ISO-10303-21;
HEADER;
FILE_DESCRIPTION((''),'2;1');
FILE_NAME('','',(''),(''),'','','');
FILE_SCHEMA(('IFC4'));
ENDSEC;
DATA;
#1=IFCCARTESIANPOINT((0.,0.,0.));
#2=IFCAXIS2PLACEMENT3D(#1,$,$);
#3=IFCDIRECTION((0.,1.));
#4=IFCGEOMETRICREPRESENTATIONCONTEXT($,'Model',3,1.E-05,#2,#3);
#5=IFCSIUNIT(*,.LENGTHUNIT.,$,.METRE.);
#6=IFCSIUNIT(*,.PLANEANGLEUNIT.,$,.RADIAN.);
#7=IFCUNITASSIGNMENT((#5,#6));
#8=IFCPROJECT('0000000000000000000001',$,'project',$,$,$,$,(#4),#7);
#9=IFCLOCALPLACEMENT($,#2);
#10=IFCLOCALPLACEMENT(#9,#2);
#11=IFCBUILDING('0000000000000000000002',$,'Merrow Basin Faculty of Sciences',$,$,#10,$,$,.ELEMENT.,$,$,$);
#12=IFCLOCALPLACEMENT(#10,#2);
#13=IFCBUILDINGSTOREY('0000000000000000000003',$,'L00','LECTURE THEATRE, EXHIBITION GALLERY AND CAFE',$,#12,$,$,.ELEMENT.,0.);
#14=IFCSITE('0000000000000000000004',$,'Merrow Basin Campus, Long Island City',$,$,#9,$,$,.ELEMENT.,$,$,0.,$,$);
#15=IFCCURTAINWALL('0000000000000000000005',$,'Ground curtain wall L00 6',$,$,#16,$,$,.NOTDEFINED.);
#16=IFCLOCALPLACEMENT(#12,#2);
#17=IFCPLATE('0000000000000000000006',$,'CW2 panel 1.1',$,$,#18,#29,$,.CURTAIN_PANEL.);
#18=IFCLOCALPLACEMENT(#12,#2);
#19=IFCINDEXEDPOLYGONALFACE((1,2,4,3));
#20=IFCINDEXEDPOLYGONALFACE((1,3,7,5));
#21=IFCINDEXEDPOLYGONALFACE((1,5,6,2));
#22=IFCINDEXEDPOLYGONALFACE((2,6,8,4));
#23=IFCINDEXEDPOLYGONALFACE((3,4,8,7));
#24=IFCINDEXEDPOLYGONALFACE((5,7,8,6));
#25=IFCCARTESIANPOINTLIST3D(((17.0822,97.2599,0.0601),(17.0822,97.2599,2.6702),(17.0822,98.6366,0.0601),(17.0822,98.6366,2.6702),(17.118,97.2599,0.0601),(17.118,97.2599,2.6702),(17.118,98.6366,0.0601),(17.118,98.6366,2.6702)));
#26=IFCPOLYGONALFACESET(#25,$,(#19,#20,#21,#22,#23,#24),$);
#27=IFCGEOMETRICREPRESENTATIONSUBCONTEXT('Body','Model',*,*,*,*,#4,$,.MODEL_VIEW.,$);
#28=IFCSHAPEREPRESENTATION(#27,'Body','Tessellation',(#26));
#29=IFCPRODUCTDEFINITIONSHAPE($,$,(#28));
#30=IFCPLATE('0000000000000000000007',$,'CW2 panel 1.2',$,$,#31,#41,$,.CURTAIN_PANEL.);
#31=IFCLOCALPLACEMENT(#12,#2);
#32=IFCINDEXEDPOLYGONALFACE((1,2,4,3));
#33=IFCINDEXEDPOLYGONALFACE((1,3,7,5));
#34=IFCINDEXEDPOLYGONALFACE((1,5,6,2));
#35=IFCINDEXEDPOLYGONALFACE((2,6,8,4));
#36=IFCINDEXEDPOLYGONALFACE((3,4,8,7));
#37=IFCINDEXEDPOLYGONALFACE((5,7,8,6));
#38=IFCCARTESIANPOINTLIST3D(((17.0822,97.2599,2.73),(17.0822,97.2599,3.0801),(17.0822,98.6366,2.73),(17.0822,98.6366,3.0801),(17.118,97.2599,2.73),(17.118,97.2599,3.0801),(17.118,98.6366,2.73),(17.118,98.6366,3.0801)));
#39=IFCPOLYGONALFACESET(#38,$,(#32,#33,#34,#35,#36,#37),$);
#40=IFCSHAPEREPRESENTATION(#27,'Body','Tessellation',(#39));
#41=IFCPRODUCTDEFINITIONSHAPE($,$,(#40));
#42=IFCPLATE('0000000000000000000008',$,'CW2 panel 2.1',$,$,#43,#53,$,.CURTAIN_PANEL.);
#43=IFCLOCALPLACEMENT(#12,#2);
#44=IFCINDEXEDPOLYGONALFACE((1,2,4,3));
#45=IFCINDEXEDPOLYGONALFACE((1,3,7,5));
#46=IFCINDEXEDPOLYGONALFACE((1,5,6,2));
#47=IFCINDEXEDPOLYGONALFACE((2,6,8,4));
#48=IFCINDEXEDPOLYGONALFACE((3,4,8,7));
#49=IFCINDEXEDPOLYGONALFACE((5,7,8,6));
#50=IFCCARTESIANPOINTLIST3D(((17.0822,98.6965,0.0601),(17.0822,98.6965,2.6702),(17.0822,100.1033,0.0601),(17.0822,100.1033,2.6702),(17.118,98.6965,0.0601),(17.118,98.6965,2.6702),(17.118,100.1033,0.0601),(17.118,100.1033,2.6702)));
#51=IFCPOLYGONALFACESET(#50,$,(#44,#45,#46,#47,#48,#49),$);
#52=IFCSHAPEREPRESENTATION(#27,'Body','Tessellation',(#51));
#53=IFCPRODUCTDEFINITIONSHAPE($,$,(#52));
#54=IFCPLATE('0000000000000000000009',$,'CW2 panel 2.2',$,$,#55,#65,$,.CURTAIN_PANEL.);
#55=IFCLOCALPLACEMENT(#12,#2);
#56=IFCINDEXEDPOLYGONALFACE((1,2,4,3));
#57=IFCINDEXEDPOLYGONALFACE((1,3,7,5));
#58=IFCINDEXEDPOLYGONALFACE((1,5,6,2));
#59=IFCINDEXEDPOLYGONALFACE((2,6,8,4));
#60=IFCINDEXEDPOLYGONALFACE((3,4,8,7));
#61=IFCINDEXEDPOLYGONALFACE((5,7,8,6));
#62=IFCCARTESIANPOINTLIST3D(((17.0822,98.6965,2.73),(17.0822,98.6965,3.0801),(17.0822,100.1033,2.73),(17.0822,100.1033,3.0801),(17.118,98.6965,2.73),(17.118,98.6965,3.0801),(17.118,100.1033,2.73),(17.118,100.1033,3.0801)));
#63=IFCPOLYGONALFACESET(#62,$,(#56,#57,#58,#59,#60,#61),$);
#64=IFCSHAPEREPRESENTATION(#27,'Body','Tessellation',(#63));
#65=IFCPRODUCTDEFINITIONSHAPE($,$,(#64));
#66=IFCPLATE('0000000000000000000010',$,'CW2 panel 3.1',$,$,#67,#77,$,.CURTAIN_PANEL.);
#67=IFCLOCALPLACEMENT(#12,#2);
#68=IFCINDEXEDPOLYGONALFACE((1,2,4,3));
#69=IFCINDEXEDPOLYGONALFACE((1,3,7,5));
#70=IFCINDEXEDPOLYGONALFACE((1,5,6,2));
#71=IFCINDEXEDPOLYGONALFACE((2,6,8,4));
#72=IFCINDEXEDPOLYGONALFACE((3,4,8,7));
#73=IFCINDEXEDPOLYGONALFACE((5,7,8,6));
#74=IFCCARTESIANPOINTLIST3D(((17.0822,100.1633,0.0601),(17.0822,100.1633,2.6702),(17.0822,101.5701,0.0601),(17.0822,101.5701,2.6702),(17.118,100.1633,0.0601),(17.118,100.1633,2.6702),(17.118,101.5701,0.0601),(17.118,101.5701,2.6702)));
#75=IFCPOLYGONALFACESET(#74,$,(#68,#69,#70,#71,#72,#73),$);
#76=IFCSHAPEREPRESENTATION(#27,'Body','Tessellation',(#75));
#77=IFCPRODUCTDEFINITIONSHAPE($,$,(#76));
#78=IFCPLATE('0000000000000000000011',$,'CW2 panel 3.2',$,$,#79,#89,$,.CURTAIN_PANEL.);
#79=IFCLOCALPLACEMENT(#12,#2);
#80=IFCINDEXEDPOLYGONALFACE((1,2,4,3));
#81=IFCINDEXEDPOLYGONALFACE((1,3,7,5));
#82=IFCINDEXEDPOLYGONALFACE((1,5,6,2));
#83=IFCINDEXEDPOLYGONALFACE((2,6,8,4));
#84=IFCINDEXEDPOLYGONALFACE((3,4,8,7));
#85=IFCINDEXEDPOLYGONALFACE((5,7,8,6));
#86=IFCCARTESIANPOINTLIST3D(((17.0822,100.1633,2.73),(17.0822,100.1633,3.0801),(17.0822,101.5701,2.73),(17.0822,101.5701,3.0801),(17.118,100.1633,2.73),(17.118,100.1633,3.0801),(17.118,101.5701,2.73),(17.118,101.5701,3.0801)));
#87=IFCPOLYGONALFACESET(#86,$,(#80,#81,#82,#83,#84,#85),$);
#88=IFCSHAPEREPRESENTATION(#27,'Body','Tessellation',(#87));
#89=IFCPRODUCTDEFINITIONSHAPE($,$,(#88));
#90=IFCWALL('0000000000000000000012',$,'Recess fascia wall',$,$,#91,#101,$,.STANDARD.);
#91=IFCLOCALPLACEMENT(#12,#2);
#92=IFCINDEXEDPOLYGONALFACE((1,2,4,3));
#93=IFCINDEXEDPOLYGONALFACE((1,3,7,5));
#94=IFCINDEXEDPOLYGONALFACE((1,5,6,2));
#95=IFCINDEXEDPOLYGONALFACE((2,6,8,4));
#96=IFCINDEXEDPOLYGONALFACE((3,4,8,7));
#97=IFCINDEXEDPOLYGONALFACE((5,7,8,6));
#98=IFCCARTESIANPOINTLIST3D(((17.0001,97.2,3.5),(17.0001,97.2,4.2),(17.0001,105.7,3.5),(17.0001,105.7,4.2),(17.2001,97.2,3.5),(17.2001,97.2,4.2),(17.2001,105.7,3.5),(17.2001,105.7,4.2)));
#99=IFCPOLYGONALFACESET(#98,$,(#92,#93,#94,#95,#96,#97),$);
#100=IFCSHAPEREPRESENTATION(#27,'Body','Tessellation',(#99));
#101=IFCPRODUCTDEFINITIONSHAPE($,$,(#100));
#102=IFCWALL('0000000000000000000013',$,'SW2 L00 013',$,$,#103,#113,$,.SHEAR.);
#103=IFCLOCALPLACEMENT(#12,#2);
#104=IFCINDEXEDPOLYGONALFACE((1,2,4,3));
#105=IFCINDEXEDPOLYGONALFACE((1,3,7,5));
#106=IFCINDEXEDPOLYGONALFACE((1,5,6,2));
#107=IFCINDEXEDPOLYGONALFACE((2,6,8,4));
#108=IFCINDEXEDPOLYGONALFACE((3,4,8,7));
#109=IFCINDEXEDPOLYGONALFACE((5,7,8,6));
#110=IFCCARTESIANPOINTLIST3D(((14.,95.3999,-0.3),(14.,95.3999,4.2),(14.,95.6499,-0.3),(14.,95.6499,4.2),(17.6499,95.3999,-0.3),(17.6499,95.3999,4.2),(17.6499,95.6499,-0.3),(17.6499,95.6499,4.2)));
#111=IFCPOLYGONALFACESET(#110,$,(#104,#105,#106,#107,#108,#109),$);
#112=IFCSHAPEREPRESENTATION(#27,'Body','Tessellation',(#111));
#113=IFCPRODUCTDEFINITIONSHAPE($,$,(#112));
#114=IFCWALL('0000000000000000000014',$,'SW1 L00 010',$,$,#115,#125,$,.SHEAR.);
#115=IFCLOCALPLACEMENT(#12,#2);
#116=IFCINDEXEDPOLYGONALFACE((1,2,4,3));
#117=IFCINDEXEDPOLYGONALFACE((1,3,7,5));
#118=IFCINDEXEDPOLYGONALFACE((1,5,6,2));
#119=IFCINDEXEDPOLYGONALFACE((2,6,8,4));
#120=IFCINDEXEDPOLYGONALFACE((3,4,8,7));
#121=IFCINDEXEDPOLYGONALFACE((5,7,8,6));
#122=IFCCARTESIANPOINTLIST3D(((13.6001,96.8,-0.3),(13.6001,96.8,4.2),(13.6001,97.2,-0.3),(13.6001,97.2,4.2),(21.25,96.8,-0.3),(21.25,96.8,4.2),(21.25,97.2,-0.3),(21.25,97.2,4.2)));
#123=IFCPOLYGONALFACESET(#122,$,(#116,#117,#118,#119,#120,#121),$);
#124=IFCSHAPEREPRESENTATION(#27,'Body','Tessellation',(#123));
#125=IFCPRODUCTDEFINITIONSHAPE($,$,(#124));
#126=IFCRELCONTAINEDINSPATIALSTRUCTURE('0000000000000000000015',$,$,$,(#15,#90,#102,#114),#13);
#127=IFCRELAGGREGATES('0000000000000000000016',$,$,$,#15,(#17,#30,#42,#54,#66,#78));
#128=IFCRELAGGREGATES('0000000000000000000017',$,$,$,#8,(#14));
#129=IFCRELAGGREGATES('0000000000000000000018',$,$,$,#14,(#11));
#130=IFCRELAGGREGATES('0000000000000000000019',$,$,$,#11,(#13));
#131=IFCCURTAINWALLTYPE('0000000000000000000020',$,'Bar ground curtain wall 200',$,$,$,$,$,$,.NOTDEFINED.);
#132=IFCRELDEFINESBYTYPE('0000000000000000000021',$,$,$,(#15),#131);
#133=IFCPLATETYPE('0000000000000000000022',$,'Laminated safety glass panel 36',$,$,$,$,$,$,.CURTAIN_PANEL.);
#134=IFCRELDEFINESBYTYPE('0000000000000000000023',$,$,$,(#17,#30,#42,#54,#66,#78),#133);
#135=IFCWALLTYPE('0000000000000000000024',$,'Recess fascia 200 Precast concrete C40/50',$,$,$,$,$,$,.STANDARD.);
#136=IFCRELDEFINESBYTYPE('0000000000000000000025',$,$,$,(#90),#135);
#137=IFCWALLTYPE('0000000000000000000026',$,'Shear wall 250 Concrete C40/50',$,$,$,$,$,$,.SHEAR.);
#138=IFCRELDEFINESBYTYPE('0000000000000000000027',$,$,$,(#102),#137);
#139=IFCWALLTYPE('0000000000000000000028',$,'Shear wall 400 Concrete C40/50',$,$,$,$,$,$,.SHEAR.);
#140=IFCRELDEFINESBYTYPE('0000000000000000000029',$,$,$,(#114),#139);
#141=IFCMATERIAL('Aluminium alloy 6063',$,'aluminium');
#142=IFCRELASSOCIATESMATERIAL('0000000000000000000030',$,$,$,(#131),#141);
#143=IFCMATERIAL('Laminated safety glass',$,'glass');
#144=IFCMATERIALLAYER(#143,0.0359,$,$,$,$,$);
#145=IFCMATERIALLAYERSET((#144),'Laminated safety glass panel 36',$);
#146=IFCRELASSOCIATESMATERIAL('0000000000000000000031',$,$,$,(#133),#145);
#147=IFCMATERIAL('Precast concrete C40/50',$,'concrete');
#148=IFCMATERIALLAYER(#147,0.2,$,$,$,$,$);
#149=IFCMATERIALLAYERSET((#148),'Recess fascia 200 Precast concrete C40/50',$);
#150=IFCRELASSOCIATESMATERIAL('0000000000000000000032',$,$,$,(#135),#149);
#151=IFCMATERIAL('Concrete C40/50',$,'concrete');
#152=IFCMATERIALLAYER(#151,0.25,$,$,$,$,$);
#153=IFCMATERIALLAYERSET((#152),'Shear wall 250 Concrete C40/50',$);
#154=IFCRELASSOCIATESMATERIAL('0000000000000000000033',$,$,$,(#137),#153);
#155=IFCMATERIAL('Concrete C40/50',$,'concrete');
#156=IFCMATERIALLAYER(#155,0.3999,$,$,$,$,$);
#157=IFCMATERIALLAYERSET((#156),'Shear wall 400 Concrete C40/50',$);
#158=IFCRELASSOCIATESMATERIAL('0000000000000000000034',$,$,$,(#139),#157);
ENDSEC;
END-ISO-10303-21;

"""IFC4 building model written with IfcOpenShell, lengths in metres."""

from ifc_helpers import new_model, si_unit, direction, frame, frame_2d, origin, origin_2d, place, context, subcontext, project, spatial, rectangle, extrude, material, layer, layer_set, type_object, element, aggregate, save


model = new_model("IFC4")

# Units and contexts
model_context = context("Model", 3, precision=1e-05, world=origin(), true_north=direction((0.0, 1.0)))
body_context = subcontext(model_context, "Body", "Model", "MODEL_VIEW")
ifc_project = project(units=[si_unit("LENGTHUNIT", "METRE"), si_unit("PLANEANGLEUNIT", "RADIAN")], contexts=[model_context])

# Site, building, storey
site_placement = place(None, origin())
site = spatial("IfcSite", under=ifc_project, at=site_placement, Name="Merrow Basin Campus, Long Island City", CompositionType="ELEMENT", RefElevation=0.0)
building_placement = place(site_placement, origin())
building = spatial("IfcBuilding", under=site, at=building_placement, Name="Merrow Basin Faculty of Sciences", CompositionType="ELEMENT")
storey_placement = place(building_placement, origin())
storey = spatial("IfcBuildingStorey", under=building, at=storey_placement, Name="L00", Description="LECTURE THEATRE, EXHIBITION GALLERY AND CAFE", CompositionType="ELEMENT", Elevation=0.0)

# Curtain wall
ifc_material_1 = material(Name="Aluminium alloy 6063", Category="aluminium")
curtain_wall_type = type_object("IfcCurtainWallType", Name="Bar ground curtain wall 200", PredefinedType="NOTDEFINED", material=ifc_material_1)
curtain_wall_placement = place(storey_placement, origin())
curtain_wall = element("IfcCurtainWall", 1, at=curtain_wall_placement, inside=storey, type_object=curtain_wall_type, Name="Ground curtain wall L00 6", PredefinedType="NOTDEFINED")

# Plates
ifc_material_2 = material(Name="Laminated safety glass", Category="glass")
ifc_layer_1 = layer(ifc_material_2, 0.0359)
ifc_layer_set_1 = layer_set([ifc_layer_1], Name="Laminated safety glass panel 36")
plate_type = type_object("IfcPlateType", Name="Laminated safety glass panel 36", PredefinedType="CURTAIN_PANEL", material=ifc_layer_set_1)
plate_1_placement = place(storey_placement, frame((17.1001, 97.9482, 0.0601), z_axis=(0.0, 0.0, 1.0), x_axis=(0.0, 1.0, 0.0)))
plate_1 = element("IfcPlate", 2, at=plate_1_placement, type_object=plate_type, Name="CW2 panel 1.1", PredefinedType="CURTAIN_PANEL", context=body_context, shape_type="SweptSolid", body=[
    extrude(rectangle(XDim=1.3767, YDim=0.0359, at=origin_2d()), origin(), (0.0, 0.0, 1.0), 2.6101),
])
plate_2_placement = place(storey_placement, frame((17.1001, 97.9482, 2.73), z_axis=(0.0, 0.0, 1.0), x_axis=(0.0, 1.0, 0.0)))
plate_2 = element("IfcPlate", 3, at=plate_2_placement, type_object=plate_type, Name="CW2 panel 1.2", PredefinedType="CURTAIN_PANEL", context=body_context, shape_type="SweptSolid", body=[
    extrude(rectangle(XDim=1.3767, YDim=0.0359, at=origin_2d()), origin(), (0.0, 0.0, 1.0), 0.3501),
])
plate_3_placement = place(storey_placement, frame((17.1001, 99.3999, 0.0601), z_axis=(0.0, 0.0, 1.0), x_axis=(0.0, 1.0, 0.0)))
plate_3 = element("IfcPlate", 4, at=plate_3_placement, type_object=plate_type, Name="CW2 panel 2.1", PredefinedType="CURTAIN_PANEL", context=body_context, shape_type="SweptSolid", body=[
    extrude(rectangle(XDim=1.4067, YDim=0.0359, at=origin_2d()), origin(), (0.0, 0.0, 1.0), 2.6101),
])
plate_4_placement = place(storey_placement, frame((17.1001, 99.3999, 2.73), z_axis=(0.0, 0.0, 1.0), x_axis=(0.0, 1.0, 0.0)))
plate_4 = element("IfcPlate", 5, at=plate_4_placement, type_object=plate_type, Name="CW2 panel 2.2", PredefinedType="CURTAIN_PANEL", context=body_context, shape_type="SweptSolid", body=[
    extrude(rectangle(XDim=1.4067, YDim=0.0359, at=origin_2d()), origin(), (0.0, 0.0, 1.0), 0.3501),
])
plate_5_placement = place(storey_placement, frame((17.1001, 100.8667, 0.0601), z_axis=(0.0, 0.0, 1.0), x_axis=(0.0, 1.0, 0.0)))
plate_5 = element("IfcPlate", 6, at=plate_5_placement, type_object=plate_type, Name="CW2 panel 3.1", PredefinedType="CURTAIN_PANEL", context=body_context, shape_type="SweptSolid", body=[
    extrude(rectangle(XDim=1.4067, YDim=0.0359, at=origin_2d()), origin(), (0.0, 0.0, 1.0), 2.6101),
])
plate_6_placement = place(storey_placement, frame((17.1001, 100.8667, 2.73), z_axis=(0.0, 0.0, 1.0), x_axis=(0.0, 1.0, 0.0)))
plate_6 = element("IfcPlate", 7, at=plate_6_placement, type_object=plate_type, Name="CW2 panel 3.2", PredefinedType="CURTAIN_PANEL", context=body_context, shape_type="SweptSolid", body=[
    extrude(rectangle(XDim=1.4067, YDim=0.0359, at=origin_2d()), origin(), (0.0, 0.0, 1.0), 0.3501),
])
aggregate(curtain_wall, [plate_1, plate_2, plate_3, plate_4, plate_5, plate_6])

# Walls
ifc_material_3 = material(Name="Precast concrete C40/50", Category="concrete")
ifc_layer_2 = layer(ifc_material_3, 0.2)
ifc_layer_set_2 = layer_set([ifc_layer_2], Name="Recess fascia 200 Precast concrete C40/50")
wall_type_1 = type_object("IfcWallType", Name="Recess fascia 200 Precast concrete C40/50", PredefinedType="STANDARD", material=ifc_layer_set_2)
wall_1_placement = place(storey_placement, frame((17.1001, 97.2, 3.5), z_axis=(0.0, 0.0, 1.0), x_axis=(0.0, 1.0, 0.0)))
element("IfcWall", 8, at=wall_1_placement, inside=storey, type_object=wall_type_1, Name="Recess fascia wall", PredefinedType="STANDARD", context=body_context, shape_type="SweptSolid", body=[
    extrude(rectangle(XDim=8.5, YDim=0.2, at=frame_2d((4.25, 0.0))), origin(), (0.0, 0.0, 1.0), 0.7),
])
ifc_material_4 = material(Name="Concrete C40/50", Category="concrete")
ifc_layer_3 = layer(ifc_material_4, 0.25)
ifc_layer_set_3 = layer_set([ifc_layer_3], Name="Shear wall 250 Concrete C40/50")
wall_type_2 = type_object("IfcWallType", Name="Shear wall 250 Concrete C40/50", PredefinedType="SHEAR", material=ifc_layer_set_3)
wall_2_placement = place(storey_placement, frame((14.0, 95.5249, -0.3), z_axis=(0.0, 0.0, 1.0), x_axis=(1.0, 0.0, 0.0)))
element("IfcWall", 9, at=wall_2_placement, inside=storey, type_object=wall_type_2, Name="SW2 L00 013", PredefinedType="SHEAR", context=body_context, shape_type="SweptSolid", body=[
    extrude(rectangle(XDim=3.6499, YDim=0.25, at=frame_2d((1.825, 0.0))), origin(), (0.0, 0.0, 1.0), 4.5),
])
ifc_material_5 = material(Name="Concrete C40/50", Category="concrete")
ifc_layer_4 = layer(ifc_material_5, 0.3999)
ifc_layer_set_4 = layer_set([ifc_layer_4], Name="Shear wall 400 Concrete C40/50")
wall_type_3 = type_object("IfcWallType", Name="Shear wall 400 Concrete C40/50", PredefinedType="SHEAR", material=ifc_layer_set_4)
wall_3_placement = place(storey_placement, frame((13.6001, 97.0, -0.3), z_axis=(0.0, 0.0, 1.0), x_axis=(1.0, 0.0, 0.0)))
element("IfcWall", 10, at=wall_3_placement, inside=storey, type_object=wall_type_3, Name="SW1 L00 010", PredefinedType="SHEAR", context=body_context, shape_type="SweptSolid", body=[
    extrude(rectangle(XDim=7.6499, YDim=0.3999, at=frame_2d((3.825, 0.0))), origin(), (0.0, 0.0, 1.0), 4.5),
])

save(model, "model.ifc")
